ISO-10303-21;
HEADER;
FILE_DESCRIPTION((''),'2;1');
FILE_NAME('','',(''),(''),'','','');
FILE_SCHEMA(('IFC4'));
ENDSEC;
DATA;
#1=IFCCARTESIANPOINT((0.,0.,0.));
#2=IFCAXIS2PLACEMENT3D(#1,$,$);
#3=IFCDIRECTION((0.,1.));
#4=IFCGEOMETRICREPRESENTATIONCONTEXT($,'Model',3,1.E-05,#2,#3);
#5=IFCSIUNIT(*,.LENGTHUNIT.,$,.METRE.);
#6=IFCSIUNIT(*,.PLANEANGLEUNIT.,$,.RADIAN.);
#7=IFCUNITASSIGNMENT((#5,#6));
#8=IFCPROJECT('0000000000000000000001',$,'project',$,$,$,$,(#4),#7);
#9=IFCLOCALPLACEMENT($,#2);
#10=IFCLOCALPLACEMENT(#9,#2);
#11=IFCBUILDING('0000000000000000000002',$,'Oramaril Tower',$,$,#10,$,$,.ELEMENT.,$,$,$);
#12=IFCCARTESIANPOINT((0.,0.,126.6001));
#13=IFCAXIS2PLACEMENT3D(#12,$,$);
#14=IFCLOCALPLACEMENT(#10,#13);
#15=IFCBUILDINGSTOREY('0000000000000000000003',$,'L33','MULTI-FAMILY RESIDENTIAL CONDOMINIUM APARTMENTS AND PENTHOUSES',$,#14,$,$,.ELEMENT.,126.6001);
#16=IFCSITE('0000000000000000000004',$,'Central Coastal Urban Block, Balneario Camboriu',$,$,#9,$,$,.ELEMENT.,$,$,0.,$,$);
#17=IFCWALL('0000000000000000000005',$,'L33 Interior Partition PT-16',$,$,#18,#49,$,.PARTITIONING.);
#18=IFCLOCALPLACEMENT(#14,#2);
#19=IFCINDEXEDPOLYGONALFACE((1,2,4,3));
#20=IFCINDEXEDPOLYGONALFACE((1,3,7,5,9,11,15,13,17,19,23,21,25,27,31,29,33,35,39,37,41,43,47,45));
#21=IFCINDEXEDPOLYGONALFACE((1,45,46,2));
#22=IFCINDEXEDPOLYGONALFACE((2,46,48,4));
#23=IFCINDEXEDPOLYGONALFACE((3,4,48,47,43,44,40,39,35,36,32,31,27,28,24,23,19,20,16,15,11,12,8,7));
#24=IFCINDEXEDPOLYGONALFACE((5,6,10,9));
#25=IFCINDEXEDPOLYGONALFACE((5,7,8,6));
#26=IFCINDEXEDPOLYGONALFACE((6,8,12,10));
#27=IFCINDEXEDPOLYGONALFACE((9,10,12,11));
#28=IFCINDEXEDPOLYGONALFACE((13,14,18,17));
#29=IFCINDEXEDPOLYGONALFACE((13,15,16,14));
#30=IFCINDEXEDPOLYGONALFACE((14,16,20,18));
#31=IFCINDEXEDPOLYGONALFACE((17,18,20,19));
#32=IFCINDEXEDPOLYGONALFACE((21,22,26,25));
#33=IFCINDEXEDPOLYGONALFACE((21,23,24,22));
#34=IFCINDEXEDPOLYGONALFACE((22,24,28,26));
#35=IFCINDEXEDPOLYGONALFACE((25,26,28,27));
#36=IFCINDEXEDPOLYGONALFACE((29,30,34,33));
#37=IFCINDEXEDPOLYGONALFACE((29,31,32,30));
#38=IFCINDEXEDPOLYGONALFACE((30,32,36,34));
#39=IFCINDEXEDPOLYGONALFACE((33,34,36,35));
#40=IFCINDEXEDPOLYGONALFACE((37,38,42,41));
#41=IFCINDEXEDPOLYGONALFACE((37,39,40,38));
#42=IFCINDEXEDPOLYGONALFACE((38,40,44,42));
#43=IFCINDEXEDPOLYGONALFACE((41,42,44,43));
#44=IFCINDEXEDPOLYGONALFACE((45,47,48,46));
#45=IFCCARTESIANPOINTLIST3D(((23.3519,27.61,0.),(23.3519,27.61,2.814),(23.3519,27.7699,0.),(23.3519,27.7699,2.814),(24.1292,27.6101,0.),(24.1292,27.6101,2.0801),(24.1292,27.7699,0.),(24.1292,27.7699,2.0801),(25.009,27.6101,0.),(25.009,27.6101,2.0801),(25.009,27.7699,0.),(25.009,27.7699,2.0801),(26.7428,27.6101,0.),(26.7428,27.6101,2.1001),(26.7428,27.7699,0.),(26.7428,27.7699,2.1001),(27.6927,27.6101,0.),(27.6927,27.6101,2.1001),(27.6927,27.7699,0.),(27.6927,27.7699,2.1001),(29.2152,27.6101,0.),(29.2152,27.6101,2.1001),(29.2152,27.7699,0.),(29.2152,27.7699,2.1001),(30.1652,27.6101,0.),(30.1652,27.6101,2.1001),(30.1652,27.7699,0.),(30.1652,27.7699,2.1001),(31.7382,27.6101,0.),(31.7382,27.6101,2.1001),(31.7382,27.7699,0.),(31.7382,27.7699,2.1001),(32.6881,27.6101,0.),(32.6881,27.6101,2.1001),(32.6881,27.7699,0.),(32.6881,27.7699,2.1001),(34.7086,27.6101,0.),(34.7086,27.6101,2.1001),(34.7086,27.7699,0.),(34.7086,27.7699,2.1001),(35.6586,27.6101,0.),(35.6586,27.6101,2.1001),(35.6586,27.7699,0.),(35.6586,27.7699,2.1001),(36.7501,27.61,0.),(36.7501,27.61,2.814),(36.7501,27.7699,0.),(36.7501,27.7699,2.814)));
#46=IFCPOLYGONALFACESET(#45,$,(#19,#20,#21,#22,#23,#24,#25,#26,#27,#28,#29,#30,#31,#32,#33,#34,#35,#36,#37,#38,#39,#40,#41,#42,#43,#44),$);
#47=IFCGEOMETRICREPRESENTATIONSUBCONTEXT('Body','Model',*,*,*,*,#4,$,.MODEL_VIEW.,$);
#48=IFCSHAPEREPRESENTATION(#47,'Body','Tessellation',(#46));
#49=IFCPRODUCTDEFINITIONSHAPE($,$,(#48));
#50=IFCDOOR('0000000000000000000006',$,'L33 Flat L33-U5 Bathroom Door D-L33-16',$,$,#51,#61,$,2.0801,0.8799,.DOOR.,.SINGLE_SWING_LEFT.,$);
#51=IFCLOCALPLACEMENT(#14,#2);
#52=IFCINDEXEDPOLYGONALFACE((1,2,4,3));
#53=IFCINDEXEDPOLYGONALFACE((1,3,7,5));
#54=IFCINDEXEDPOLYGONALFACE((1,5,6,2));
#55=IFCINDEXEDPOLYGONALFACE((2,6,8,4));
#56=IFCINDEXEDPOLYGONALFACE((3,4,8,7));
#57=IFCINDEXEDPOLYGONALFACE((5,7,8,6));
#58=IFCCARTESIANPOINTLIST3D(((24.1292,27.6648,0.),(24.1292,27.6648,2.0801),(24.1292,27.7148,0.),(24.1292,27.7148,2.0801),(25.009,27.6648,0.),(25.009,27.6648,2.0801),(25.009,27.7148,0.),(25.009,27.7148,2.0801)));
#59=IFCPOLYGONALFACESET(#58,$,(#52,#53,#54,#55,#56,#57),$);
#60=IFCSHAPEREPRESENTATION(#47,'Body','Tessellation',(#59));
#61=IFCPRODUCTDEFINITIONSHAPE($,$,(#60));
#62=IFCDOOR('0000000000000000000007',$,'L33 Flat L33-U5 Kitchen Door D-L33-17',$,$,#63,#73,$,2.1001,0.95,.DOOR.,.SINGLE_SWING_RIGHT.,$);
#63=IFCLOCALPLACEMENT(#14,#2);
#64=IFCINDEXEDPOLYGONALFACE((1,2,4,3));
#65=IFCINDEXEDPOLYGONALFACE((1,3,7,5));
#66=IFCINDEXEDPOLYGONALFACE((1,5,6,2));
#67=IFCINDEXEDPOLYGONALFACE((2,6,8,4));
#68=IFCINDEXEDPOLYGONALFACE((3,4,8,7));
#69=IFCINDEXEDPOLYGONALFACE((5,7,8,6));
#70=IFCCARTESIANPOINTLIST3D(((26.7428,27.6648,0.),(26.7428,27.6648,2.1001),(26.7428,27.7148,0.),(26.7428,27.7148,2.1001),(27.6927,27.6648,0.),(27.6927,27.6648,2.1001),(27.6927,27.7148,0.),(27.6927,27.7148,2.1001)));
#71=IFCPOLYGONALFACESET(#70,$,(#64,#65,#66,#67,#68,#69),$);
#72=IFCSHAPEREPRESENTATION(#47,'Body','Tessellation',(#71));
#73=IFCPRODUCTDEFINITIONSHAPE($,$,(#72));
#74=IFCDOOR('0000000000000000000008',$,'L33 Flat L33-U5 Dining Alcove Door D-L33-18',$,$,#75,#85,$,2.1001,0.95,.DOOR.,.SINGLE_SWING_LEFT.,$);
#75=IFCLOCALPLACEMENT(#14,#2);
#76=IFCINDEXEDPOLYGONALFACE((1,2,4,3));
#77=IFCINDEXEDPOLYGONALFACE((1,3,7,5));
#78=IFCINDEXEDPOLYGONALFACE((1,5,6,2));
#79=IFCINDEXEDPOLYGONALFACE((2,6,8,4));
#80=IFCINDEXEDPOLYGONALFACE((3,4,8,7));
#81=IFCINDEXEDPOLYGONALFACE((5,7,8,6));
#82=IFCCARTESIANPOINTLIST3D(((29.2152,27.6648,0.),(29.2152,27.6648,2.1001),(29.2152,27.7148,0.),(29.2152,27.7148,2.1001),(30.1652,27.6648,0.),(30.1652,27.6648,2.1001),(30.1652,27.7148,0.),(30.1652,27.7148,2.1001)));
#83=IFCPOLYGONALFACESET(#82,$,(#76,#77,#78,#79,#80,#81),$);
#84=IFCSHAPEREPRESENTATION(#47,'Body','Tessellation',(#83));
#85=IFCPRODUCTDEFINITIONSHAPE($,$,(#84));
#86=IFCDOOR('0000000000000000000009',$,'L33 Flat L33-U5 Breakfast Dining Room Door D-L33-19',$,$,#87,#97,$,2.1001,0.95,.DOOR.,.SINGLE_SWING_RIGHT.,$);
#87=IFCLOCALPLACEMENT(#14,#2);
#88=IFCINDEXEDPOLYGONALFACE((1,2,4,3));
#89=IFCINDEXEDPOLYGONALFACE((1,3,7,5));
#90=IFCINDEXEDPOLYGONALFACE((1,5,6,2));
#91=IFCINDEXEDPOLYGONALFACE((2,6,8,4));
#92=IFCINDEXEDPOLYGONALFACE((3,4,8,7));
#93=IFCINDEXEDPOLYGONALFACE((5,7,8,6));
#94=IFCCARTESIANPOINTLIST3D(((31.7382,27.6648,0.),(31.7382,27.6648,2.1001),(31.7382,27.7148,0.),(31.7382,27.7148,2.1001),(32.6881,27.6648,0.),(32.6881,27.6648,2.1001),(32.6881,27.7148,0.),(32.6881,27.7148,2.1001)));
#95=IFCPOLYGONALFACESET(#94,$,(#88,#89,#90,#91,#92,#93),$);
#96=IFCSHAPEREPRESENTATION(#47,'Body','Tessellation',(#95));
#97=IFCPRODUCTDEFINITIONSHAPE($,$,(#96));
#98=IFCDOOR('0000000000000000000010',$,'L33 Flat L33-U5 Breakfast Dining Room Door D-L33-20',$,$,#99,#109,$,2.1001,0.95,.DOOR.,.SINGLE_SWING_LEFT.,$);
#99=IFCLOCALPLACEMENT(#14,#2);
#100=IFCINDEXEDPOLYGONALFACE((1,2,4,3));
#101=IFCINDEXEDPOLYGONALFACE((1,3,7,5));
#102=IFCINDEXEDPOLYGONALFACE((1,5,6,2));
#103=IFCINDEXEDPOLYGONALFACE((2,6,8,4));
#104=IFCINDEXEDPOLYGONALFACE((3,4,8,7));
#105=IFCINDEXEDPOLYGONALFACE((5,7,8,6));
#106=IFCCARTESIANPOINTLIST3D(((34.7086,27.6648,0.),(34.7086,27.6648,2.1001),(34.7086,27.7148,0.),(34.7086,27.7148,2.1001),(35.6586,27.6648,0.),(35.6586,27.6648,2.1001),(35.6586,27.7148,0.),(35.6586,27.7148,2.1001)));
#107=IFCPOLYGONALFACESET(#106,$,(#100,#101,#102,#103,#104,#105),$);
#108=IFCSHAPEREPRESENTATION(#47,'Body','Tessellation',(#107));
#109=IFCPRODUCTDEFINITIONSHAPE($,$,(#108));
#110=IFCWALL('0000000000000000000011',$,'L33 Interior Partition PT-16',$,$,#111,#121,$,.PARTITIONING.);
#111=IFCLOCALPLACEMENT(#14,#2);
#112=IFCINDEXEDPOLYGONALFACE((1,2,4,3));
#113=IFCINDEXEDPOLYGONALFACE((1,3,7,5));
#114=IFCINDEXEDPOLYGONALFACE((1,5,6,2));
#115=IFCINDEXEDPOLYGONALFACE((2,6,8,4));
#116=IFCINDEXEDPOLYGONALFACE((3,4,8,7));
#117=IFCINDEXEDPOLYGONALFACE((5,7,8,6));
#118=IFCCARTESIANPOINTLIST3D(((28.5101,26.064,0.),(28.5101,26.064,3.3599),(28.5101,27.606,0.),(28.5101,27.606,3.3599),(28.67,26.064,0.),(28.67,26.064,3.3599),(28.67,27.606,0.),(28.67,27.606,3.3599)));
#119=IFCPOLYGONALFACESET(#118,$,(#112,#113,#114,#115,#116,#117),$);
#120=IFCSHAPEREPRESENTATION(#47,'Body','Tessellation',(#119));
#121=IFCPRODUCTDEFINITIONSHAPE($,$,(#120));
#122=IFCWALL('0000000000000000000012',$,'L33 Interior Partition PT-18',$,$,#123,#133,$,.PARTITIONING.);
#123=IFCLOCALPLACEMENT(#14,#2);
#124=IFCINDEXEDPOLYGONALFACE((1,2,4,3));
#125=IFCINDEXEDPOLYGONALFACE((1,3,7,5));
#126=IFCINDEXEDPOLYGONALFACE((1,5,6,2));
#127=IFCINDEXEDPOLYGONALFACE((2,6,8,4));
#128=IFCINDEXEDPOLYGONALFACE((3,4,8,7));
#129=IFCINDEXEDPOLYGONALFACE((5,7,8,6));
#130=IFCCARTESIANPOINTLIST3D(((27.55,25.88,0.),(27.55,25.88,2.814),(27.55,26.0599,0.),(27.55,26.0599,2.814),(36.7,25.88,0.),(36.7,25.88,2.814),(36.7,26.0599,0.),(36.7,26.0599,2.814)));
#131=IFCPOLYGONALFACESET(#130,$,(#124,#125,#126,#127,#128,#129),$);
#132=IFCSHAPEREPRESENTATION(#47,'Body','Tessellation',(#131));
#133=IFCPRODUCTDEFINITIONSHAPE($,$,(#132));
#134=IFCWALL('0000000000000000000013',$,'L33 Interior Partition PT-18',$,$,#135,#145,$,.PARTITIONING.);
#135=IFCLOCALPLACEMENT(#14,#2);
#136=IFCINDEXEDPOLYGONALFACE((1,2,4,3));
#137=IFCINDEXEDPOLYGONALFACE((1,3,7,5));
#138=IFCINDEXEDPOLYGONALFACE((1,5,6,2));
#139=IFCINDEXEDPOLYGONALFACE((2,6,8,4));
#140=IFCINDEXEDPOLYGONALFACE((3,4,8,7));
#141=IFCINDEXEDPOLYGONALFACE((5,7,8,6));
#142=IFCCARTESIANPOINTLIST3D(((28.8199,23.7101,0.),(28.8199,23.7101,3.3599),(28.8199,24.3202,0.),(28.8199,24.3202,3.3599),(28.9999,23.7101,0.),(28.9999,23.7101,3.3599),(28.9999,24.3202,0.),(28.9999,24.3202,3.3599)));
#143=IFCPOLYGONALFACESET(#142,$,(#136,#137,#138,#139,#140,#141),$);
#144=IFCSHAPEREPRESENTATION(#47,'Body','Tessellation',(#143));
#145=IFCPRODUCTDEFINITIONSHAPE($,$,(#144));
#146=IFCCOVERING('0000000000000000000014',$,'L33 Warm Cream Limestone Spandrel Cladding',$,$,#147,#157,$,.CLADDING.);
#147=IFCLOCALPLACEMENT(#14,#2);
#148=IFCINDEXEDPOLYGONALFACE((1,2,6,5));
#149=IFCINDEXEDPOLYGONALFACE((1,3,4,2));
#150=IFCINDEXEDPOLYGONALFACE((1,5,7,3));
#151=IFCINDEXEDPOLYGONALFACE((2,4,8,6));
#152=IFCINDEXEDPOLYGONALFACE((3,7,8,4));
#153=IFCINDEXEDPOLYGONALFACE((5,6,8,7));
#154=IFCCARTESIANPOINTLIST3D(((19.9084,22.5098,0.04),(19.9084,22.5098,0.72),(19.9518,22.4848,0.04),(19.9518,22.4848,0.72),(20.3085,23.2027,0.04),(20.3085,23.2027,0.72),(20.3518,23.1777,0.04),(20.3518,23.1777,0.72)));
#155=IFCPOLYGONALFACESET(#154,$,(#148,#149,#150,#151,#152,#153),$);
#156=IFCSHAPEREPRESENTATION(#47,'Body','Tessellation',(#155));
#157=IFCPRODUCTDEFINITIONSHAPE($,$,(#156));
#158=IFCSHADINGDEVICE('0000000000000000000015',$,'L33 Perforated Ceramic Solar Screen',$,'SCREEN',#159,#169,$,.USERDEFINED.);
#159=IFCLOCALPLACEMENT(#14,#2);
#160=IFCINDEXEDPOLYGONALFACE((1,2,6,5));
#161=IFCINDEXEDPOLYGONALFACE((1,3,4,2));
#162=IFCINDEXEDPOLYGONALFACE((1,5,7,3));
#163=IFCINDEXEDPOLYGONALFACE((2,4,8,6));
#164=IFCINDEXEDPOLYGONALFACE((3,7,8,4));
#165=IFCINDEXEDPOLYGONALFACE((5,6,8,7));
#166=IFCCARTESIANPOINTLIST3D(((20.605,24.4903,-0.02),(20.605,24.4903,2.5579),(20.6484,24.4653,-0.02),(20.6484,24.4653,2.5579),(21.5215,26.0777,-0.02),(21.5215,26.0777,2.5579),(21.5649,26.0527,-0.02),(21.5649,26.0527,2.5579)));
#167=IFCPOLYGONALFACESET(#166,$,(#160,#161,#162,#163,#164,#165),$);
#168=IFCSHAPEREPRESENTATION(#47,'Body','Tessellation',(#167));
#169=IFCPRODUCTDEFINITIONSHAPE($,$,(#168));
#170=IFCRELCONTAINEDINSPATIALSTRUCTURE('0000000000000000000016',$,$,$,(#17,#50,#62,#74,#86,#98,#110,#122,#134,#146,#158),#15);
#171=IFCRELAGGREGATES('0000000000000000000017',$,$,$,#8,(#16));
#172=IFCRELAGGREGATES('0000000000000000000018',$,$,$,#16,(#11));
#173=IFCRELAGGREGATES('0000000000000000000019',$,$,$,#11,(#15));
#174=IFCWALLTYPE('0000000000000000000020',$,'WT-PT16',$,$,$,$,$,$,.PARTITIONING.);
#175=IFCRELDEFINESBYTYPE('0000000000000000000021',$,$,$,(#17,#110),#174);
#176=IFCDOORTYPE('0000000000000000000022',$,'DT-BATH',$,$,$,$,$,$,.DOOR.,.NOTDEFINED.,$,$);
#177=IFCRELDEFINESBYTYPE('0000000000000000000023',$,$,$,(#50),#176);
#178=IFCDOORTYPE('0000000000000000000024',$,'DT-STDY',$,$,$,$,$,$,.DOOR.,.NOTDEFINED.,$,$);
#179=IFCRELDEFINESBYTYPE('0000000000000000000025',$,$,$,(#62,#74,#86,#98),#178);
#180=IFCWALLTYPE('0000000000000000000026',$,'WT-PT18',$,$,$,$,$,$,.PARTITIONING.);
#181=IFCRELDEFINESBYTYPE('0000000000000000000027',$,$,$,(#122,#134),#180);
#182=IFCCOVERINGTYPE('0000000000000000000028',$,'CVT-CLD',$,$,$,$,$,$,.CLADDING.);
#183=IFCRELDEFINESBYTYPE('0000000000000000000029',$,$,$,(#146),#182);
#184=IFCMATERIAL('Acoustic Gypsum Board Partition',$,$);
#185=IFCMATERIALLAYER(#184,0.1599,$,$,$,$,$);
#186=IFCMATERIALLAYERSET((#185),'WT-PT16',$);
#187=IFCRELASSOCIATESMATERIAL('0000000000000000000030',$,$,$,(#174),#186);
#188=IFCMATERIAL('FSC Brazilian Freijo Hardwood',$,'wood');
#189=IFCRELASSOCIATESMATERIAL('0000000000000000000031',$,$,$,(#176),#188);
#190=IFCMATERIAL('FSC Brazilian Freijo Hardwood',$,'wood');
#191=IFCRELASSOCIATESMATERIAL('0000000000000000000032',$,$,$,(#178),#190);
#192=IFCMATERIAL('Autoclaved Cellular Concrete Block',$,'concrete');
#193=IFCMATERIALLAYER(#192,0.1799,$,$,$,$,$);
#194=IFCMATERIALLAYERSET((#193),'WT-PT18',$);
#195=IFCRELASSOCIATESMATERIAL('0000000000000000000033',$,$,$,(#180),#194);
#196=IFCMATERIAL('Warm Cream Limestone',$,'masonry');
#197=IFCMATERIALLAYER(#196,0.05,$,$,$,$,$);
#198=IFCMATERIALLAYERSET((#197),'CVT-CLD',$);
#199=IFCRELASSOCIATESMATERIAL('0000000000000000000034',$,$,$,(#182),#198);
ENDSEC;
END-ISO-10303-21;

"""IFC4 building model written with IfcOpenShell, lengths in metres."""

from ifc_helpers import new_model, si_unit, direction, frame, frame_2d, origin, origin_2d, place, context, subcontext, project, spatial, rectangle, extrude, material, layer, layer_set, type_object, element, fill, save


model = new_model("IFC4")

# Units and contexts
model_context = context("Model", 3, precision=1e-05, world=origin(), true_north=direction((0.0, 1.0)))
body_context = subcontext(model_context, "Body", "Model", "MODEL_VIEW")
ifc_project = project(units=[si_unit("LENGTHUNIT", "METRE"), si_unit("PLANEANGLEUNIT", "RADIAN")], contexts=[model_context])

# Site, building, storey
site_placement = place(None, origin())
site = spatial("IfcSite", under=ifc_project, at=site_placement, Name="Central Coastal Urban Block, Balneario Camboriu", CompositionType="ELEMENT", RefElevation=0.0)
building_placement = place(site_placement, origin())
building = spatial("IfcBuilding", under=site, at=building_placement, Name="Oramaril Tower", CompositionType="ELEMENT")
storey_placement = place(building_placement, frame((0.0, 0.0, 126.6001)))
storey = spatial("IfcBuildingStorey", under=building, at=storey_placement, Name="L33", Description="MULTI-FAMILY RESIDENTIAL CONDOMINIUM APARTMENTS AND PENTHOUSES", CompositionType="ELEMENT", Elevation=126.6001)

# Wall, openings, doors
ifc_material_1 = material(Name="Acoustic Gypsum Board Partition")
ifc_layer_1 = layer(ifc_material_1, 0.1599)
ifc_layer_set_1 = layer_set([ifc_layer_1], Name="WT-PT16")
wall_type_1 = type_object("IfcWallType", Name="WT-PT16", PredefinedType="PARTITIONING", material=ifc_layer_set_1)
wall_1_placement = place(storey_placement, frame((23.3518, 27.6899, 0.0), z_axis=(0.0, 0.0, 1.0), x_axis=(1.0, 0.0, 0.0)))
wall_1 = element("IfcWall", 1, at=wall_1_placement, inside=storey, type_object=wall_type_1, Name="L33 Interior Partition PT-16", PredefinedType="PARTITIONING", context=body_context, shape_type="SweptSolid", body=[
    extrude(rectangle(XDim=13.3982, YDim=0.1599, at=frame_2d((6.6992, 0.0))), origin(), (0.0, 0.0, 1.0), 2.814),
])
opening_1_placement = place(wall_1_placement, frame((0.7773, 0.0, 0.0)))
opening_1 = element("IfcOpeningElement", 2, at=opening_1_placement, cuts=wall_1, PredefinedType="OPENING", context=body_context, shape_type="SweptSolid", body=[
    extrude(rectangle(XDim=0.8799, YDim=2.0801, at=frame_2d((0.4399, 1.04))), frame((0.0, 0.0801, 0.0), z_axis=(0.0, -1.0, 0.0), x_axis=(1.0, 0.0, 0.0)), (0.0, 0.0, 1.0), 0.1599),
])
opening_2_placement = place(wall_1_placement, frame((3.3909, 0.0, 0.0)))
opening_2 = element("IfcOpeningElement", 3, at=opening_2_placement, cuts=wall_1, PredefinedType="OPENING", context=body_context, shape_type="SweptSolid", body=[
    extrude(rectangle(XDim=0.95, YDim=2.1001, at=frame_2d((0.4751, 1.05))), frame((0.0, 0.0801, 0.0), z_axis=(0.0, -1.0, 0.0), x_axis=(1.0, 0.0, 0.0)), (0.0, 0.0, 1.0), 0.1599),
])
opening_3_placement = place(wall_1_placement, frame((5.8633, 0.0, 0.0)))
opening_3 = element("IfcOpeningElement", 4, at=opening_3_placement, cuts=wall_1, PredefinedType="OPENING", context=body_context, shape_type="SweptSolid", body=[
    extrude(rectangle(XDim=0.95, YDim=2.1001, at=frame_2d((0.4751, 1.05))), frame((0.0, 0.0801, 0.0), z_axis=(0.0, -1.0, 0.0), x_axis=(1.0, 0.0, 0.0)), (0.0, 0.0, 1.0), 0.1599),
])
opening_4_placement = place(wall_1_placement, frame((8.3862, 0.0, 0.0)))
opening_4 = element("IfcOpeningElement", 5, at=opening_4_placement, cuts=wall_1, PredefinedType="OPENING", context=body_context, shape_type="SweptSolid", body=[
    extrude(rectangle(XDim=0.95, YDim=2.1001, at=frame_2d((0.4751, 1.05))), frame((0.0, 0.0801, 0.0), z_axis=(0.0, -1.0, 0.0), x_axis=(1.0, 0.0, 0.0)), (0.0, 0.0, 1.0), 0.1599),
])
opening_5_placement = place(wall_1_placement, frame((11.3567, 0.0, 0.0)))
opening_5 = element("IfcOpeningElement", 6, at=opening_5_placement, cuts=wall_1, PredefinedType="OPENING", context=body_context, shape_type="SweptSolid", body=[
    extrude(rectangle(XDim=0.95, YDim=2.1001, at=frame_2d((0.4751, 1.05))), frame((0.0, 0.0801, 0.0), z_axis=(0.0, -1.0, 0.0), x_axis=(1.0, 0.0, 0.0)), (0.0, 0.0, 1.0), 0.1599),
])
ifc_material_2 = material(Name="FSC Brazilian Freijo Hardwood", Category="wood")
door_type_1 = type_object("IfcDoorType", Name="DT-BATH", OperationType="NOTDEFINED", PredefinedType="DOOR", material=ifc_material_2)
door_1_placement = place(opening_1_placement, origin())
door_1 = element("IfcDoor", 7, at=door_1_placement, inside=storey, type_object=door_type_1, Name="L33 Flat L33-U5 Bathroom Door D-L33-16", OperationType="SINGLE_SWING_LEFT", OverallHeight=2.0801, OverallWidth=0.8799, PredefinedType="DOOR", context=body_context, shape_type="SweptSolid", body=[
    extrude(rectangle(XDim=0.8799, YDim=2.0801, at=frame_2d((0.4399, 1.04))), frame((0.0, 0.0249, 0.0), z_axis=(0.0, -1.0, 0.0), x_axis=(1.0, 0.0, 0.0)), (0.0, 0.0, 1.0), 0.05),
])
fill(opening_1, door_1)
ifc_material_3 = material(Name="FSC Brazilian Freijo Hardwood", Category="wood")
door_type_2 = type_object("IfcDoorType", Name="DT-STDY", OperationType="NOTDEFINED", PredefinedType="DOOR", material=ifc_material_3)
door_2_placement = place(opening_2_placement, origin())
door_2 = element("IfcDoor", 8, at=door_2_placement, inside=storey, type_object=door_type_2, Name="L33 Flat L33-U5 Kitchen Door D-L33-17", OperationType="SINGLE_SWING_RIGHT", OverallHeight=2.1001, OverallWidth=0.95, PredefinedType="DOOR", context=body_context, shape_type="SweptSolid", body=[
    extrude(rectangle(XDim=0.95, YDim=2.1001, at=frame_2d((0.4751, 1.05))), frame((0.0, 0.0249, 0.0), z_axis=(0.0, -1.0, 0.0), x_axis=(1.0, 0.0, 0.0)), (0.0, 0.0, 1.0), 0.05),
])
fill(opening_2, door_2)
door_3_placement = place(opening_3_placement, origin())
door_3 = element("IfcDoor", 9, at=door_3_placement, inside=storey, type_object=door_type_2, Name="L33 Flat L33-U5 Dining Alcove Door D-L33-18", OperationType="SINGLE_SWING_LEFT", OverallHeight=2.1001, OverallWidth=0.95, PredefinedType="DOOR", context=body_context, shape_type="SweptSolid", body=[
    extrude(rectangle(XDim=0.95, YDim=2.1001, at=frame_2d((0.4751, 1.05))), frame((0.0, 0.0249, 0.0), z_axis=(0.0, -1.0, 0.0), x_axis=(1.0, 0.0, 0.0)), (0.0, 0.0, 1.0), 0.05),
])
fill(opening_3, door_3)
door_4_placement = place(opening_4_placement, origin())
door_4 = element("IfcDoor", 10, at=door_4_placement, inside=storey, type_object=door_type_2, Name="L33 Flat L33-U5 Breakfast Dining Room Door D-L33-19", OperationType="SINGLE_SWING_RIGHT", OverallHeight=2.1001, OverallWidth=0.95, PredefinedType="DOOR", context=body_context, shape_type="SweptSolid", body=[
    extrude(rectangle(XDim=0.95, YDim=2.1001, at=frame_2d((0.4751, 1.05))), frame((0.0, 0.0249, 0.0), z_axis=(0.0, -1.0, 0.0), x_axis=(1.0, 0.0, 0.0)), (0.0, 0.0, 1.0), 0.05),
])
fill(opening_4, door_4)
door_5_placement = place(opening_5_placement, origin())
door_5 = element("IfcDoor", 11, at=door_5_placement, inside=storey, type_object=door_type_2, Name="L33 Flat L33-U5 Breakfast Dining Room Door D-L33-20", OperationType="SINGLE_SWING_LEFT", OverallHeight=2.1001, OverallWidth=0.95, PredefinedType="DOOR", context=body_context, shape_type="SweptSolid", body=[
    extrude(rectangle(XDim=0.95, YDim=2.1001, at=frame_2d((0.4751, 1.05))), frame((0.0, 0.0249, 0.0), z_axis=(0.0, -1.0, 0.0), x_axis=(1.0, 0.0, 0.0)), (0.0, 0.0, 1.0), 0.05),
])
fill(opening_5, door_5)

# Walls
wall_2_placement = place(storey_placement, frame((28.5901, 26.064, 0.0), z_axis=(0.0, 0.0, 1.0), x_axis=(0.0, 1.0, 0.0)))
element("IfcWall", 12, at=wall_2_placement, inside=storey, type_object=wall_type_1, Name="L33 Interior Partition PT-16", PredefinedType="PARTITIONING", context=body_context, shape_type="SweptSolid", body=[
    extrude(rectangle(XDim=1.542, YDim=0.1599, at=frame_2d((0.771, 0.0))), origin(), (0.0, 0.0, 1.0), 3.3599),
])
ifc_material_4 = material(Name="Autoclaved Cellular Concrete Block", Category="concrete")
ifc_layer_2 = layer(ifc_material_4, 0.1799)
ifc_layer_set_2 = layer_set([ifc_layer_2], Name="WT-PT18")
wall_type_2 = type_object("IfcWallType", Name="WT-PT18", PredefinedType="PARTITIONING", material=ifc_layer_set_2)
wall_3_placement = place(storey_placement, frame((27.55, 25.97, 0.0), z_axis=(0.0, 0.0, 1.0), x_axis=(1.0, 0.0, 0.0)))
element("IfcWall", 13, at=wall_3_placement, inside=storey, type_object=wall_type_2, Name="L33 Interior Partition PT-18", PredefinedType="PARTITIONING", context=body_context, shape_type="SweptSolid", body=[
    extrude(rectangle(XDim=9.1499, YDim=0.1799, at=frame_2d((4.575, 0.0))), origin(), (0.0, 0.0, 1.0), 2.814),
])
wall_4_placement = place(storey_placement, frame((28.9099, 23.71, 0.0), z_axis=(0.0, 0.0, 1.0), x_axis=(0.0, 1.0, 0.0)))
element("IfcWall", 14, at=wall_4_placement, inside=storey, type_object=wall_type_2, Name="L33 Interior Partition PT-18", PredefinedType="PARTITIONING", context=body_context, shape_type="SweptSolid", body=[
    extrude(rectangle(XDim=0.6101, YDim=0.1799, at=frame_2d((0.3052, 0.0))), origin(), (0.0, 0.0, 1.0), 3.3599),
])

# Covering
ifc_material_5 = material(Name="Warm Cream Limestone", Category="masonry")
ifc_layer_3 = layer(ifc_material_5, 0.05)
ifc_layer_set_3 = layer_set([ifc_layer_3], Name="CVT-CLD")
covering_type = type_object("IfcCoveringType", Name="CVT-CLD", PredefinedType="CLADDING", material=ifc_layer_set_3)
covering_placement = place(storey_placement, frame((20.1301, 22.8438, 0.04), z_axis=(0.0, 0.0, 1.0), x_axis=(-0.499998, -0.866026, 0.0)))
element("IfcCovering", 15, at=covering_placement, inside=storey, type_object=covering_type, Name="L33 Warm Cream Limestone Spandrel Cladding", PredefinedType="CLADDING", context=body_context, shape_type="SweptSolid", body=[
    extrude(rectangle(XDim=0.8, YDim=0.05, at=origin_2d()), origin(), (0.0, 0.0, 1.0), 0.6799),
])

# Shading device
for number, where, z_axis, x_axis, name in (
    (16, (21.085, 25.2715, -0.02), (0.0, 0.0, 1.0), (-0.499998, -0.866026, 0.0), "L33 Perforated Ceramic Solar Screen"),
):
    element("IfcShadingDevice", number, at=place(storey_placement, frame(where, z_axis=z_axis, x_axis=x_axis)), inside=storey, Name=name, ObjectType="SCREEN", PredefinedType="USERDEFINED", context=body_context, shape_type="SweptSolid", body=[
        extrude(rectangle(XDim=1.833, YDim=0.05, at=origin_2d()), origin(), (0.0, 0.0, 1.0), 2.5779),
    ])

save(model, "model.ifc")
